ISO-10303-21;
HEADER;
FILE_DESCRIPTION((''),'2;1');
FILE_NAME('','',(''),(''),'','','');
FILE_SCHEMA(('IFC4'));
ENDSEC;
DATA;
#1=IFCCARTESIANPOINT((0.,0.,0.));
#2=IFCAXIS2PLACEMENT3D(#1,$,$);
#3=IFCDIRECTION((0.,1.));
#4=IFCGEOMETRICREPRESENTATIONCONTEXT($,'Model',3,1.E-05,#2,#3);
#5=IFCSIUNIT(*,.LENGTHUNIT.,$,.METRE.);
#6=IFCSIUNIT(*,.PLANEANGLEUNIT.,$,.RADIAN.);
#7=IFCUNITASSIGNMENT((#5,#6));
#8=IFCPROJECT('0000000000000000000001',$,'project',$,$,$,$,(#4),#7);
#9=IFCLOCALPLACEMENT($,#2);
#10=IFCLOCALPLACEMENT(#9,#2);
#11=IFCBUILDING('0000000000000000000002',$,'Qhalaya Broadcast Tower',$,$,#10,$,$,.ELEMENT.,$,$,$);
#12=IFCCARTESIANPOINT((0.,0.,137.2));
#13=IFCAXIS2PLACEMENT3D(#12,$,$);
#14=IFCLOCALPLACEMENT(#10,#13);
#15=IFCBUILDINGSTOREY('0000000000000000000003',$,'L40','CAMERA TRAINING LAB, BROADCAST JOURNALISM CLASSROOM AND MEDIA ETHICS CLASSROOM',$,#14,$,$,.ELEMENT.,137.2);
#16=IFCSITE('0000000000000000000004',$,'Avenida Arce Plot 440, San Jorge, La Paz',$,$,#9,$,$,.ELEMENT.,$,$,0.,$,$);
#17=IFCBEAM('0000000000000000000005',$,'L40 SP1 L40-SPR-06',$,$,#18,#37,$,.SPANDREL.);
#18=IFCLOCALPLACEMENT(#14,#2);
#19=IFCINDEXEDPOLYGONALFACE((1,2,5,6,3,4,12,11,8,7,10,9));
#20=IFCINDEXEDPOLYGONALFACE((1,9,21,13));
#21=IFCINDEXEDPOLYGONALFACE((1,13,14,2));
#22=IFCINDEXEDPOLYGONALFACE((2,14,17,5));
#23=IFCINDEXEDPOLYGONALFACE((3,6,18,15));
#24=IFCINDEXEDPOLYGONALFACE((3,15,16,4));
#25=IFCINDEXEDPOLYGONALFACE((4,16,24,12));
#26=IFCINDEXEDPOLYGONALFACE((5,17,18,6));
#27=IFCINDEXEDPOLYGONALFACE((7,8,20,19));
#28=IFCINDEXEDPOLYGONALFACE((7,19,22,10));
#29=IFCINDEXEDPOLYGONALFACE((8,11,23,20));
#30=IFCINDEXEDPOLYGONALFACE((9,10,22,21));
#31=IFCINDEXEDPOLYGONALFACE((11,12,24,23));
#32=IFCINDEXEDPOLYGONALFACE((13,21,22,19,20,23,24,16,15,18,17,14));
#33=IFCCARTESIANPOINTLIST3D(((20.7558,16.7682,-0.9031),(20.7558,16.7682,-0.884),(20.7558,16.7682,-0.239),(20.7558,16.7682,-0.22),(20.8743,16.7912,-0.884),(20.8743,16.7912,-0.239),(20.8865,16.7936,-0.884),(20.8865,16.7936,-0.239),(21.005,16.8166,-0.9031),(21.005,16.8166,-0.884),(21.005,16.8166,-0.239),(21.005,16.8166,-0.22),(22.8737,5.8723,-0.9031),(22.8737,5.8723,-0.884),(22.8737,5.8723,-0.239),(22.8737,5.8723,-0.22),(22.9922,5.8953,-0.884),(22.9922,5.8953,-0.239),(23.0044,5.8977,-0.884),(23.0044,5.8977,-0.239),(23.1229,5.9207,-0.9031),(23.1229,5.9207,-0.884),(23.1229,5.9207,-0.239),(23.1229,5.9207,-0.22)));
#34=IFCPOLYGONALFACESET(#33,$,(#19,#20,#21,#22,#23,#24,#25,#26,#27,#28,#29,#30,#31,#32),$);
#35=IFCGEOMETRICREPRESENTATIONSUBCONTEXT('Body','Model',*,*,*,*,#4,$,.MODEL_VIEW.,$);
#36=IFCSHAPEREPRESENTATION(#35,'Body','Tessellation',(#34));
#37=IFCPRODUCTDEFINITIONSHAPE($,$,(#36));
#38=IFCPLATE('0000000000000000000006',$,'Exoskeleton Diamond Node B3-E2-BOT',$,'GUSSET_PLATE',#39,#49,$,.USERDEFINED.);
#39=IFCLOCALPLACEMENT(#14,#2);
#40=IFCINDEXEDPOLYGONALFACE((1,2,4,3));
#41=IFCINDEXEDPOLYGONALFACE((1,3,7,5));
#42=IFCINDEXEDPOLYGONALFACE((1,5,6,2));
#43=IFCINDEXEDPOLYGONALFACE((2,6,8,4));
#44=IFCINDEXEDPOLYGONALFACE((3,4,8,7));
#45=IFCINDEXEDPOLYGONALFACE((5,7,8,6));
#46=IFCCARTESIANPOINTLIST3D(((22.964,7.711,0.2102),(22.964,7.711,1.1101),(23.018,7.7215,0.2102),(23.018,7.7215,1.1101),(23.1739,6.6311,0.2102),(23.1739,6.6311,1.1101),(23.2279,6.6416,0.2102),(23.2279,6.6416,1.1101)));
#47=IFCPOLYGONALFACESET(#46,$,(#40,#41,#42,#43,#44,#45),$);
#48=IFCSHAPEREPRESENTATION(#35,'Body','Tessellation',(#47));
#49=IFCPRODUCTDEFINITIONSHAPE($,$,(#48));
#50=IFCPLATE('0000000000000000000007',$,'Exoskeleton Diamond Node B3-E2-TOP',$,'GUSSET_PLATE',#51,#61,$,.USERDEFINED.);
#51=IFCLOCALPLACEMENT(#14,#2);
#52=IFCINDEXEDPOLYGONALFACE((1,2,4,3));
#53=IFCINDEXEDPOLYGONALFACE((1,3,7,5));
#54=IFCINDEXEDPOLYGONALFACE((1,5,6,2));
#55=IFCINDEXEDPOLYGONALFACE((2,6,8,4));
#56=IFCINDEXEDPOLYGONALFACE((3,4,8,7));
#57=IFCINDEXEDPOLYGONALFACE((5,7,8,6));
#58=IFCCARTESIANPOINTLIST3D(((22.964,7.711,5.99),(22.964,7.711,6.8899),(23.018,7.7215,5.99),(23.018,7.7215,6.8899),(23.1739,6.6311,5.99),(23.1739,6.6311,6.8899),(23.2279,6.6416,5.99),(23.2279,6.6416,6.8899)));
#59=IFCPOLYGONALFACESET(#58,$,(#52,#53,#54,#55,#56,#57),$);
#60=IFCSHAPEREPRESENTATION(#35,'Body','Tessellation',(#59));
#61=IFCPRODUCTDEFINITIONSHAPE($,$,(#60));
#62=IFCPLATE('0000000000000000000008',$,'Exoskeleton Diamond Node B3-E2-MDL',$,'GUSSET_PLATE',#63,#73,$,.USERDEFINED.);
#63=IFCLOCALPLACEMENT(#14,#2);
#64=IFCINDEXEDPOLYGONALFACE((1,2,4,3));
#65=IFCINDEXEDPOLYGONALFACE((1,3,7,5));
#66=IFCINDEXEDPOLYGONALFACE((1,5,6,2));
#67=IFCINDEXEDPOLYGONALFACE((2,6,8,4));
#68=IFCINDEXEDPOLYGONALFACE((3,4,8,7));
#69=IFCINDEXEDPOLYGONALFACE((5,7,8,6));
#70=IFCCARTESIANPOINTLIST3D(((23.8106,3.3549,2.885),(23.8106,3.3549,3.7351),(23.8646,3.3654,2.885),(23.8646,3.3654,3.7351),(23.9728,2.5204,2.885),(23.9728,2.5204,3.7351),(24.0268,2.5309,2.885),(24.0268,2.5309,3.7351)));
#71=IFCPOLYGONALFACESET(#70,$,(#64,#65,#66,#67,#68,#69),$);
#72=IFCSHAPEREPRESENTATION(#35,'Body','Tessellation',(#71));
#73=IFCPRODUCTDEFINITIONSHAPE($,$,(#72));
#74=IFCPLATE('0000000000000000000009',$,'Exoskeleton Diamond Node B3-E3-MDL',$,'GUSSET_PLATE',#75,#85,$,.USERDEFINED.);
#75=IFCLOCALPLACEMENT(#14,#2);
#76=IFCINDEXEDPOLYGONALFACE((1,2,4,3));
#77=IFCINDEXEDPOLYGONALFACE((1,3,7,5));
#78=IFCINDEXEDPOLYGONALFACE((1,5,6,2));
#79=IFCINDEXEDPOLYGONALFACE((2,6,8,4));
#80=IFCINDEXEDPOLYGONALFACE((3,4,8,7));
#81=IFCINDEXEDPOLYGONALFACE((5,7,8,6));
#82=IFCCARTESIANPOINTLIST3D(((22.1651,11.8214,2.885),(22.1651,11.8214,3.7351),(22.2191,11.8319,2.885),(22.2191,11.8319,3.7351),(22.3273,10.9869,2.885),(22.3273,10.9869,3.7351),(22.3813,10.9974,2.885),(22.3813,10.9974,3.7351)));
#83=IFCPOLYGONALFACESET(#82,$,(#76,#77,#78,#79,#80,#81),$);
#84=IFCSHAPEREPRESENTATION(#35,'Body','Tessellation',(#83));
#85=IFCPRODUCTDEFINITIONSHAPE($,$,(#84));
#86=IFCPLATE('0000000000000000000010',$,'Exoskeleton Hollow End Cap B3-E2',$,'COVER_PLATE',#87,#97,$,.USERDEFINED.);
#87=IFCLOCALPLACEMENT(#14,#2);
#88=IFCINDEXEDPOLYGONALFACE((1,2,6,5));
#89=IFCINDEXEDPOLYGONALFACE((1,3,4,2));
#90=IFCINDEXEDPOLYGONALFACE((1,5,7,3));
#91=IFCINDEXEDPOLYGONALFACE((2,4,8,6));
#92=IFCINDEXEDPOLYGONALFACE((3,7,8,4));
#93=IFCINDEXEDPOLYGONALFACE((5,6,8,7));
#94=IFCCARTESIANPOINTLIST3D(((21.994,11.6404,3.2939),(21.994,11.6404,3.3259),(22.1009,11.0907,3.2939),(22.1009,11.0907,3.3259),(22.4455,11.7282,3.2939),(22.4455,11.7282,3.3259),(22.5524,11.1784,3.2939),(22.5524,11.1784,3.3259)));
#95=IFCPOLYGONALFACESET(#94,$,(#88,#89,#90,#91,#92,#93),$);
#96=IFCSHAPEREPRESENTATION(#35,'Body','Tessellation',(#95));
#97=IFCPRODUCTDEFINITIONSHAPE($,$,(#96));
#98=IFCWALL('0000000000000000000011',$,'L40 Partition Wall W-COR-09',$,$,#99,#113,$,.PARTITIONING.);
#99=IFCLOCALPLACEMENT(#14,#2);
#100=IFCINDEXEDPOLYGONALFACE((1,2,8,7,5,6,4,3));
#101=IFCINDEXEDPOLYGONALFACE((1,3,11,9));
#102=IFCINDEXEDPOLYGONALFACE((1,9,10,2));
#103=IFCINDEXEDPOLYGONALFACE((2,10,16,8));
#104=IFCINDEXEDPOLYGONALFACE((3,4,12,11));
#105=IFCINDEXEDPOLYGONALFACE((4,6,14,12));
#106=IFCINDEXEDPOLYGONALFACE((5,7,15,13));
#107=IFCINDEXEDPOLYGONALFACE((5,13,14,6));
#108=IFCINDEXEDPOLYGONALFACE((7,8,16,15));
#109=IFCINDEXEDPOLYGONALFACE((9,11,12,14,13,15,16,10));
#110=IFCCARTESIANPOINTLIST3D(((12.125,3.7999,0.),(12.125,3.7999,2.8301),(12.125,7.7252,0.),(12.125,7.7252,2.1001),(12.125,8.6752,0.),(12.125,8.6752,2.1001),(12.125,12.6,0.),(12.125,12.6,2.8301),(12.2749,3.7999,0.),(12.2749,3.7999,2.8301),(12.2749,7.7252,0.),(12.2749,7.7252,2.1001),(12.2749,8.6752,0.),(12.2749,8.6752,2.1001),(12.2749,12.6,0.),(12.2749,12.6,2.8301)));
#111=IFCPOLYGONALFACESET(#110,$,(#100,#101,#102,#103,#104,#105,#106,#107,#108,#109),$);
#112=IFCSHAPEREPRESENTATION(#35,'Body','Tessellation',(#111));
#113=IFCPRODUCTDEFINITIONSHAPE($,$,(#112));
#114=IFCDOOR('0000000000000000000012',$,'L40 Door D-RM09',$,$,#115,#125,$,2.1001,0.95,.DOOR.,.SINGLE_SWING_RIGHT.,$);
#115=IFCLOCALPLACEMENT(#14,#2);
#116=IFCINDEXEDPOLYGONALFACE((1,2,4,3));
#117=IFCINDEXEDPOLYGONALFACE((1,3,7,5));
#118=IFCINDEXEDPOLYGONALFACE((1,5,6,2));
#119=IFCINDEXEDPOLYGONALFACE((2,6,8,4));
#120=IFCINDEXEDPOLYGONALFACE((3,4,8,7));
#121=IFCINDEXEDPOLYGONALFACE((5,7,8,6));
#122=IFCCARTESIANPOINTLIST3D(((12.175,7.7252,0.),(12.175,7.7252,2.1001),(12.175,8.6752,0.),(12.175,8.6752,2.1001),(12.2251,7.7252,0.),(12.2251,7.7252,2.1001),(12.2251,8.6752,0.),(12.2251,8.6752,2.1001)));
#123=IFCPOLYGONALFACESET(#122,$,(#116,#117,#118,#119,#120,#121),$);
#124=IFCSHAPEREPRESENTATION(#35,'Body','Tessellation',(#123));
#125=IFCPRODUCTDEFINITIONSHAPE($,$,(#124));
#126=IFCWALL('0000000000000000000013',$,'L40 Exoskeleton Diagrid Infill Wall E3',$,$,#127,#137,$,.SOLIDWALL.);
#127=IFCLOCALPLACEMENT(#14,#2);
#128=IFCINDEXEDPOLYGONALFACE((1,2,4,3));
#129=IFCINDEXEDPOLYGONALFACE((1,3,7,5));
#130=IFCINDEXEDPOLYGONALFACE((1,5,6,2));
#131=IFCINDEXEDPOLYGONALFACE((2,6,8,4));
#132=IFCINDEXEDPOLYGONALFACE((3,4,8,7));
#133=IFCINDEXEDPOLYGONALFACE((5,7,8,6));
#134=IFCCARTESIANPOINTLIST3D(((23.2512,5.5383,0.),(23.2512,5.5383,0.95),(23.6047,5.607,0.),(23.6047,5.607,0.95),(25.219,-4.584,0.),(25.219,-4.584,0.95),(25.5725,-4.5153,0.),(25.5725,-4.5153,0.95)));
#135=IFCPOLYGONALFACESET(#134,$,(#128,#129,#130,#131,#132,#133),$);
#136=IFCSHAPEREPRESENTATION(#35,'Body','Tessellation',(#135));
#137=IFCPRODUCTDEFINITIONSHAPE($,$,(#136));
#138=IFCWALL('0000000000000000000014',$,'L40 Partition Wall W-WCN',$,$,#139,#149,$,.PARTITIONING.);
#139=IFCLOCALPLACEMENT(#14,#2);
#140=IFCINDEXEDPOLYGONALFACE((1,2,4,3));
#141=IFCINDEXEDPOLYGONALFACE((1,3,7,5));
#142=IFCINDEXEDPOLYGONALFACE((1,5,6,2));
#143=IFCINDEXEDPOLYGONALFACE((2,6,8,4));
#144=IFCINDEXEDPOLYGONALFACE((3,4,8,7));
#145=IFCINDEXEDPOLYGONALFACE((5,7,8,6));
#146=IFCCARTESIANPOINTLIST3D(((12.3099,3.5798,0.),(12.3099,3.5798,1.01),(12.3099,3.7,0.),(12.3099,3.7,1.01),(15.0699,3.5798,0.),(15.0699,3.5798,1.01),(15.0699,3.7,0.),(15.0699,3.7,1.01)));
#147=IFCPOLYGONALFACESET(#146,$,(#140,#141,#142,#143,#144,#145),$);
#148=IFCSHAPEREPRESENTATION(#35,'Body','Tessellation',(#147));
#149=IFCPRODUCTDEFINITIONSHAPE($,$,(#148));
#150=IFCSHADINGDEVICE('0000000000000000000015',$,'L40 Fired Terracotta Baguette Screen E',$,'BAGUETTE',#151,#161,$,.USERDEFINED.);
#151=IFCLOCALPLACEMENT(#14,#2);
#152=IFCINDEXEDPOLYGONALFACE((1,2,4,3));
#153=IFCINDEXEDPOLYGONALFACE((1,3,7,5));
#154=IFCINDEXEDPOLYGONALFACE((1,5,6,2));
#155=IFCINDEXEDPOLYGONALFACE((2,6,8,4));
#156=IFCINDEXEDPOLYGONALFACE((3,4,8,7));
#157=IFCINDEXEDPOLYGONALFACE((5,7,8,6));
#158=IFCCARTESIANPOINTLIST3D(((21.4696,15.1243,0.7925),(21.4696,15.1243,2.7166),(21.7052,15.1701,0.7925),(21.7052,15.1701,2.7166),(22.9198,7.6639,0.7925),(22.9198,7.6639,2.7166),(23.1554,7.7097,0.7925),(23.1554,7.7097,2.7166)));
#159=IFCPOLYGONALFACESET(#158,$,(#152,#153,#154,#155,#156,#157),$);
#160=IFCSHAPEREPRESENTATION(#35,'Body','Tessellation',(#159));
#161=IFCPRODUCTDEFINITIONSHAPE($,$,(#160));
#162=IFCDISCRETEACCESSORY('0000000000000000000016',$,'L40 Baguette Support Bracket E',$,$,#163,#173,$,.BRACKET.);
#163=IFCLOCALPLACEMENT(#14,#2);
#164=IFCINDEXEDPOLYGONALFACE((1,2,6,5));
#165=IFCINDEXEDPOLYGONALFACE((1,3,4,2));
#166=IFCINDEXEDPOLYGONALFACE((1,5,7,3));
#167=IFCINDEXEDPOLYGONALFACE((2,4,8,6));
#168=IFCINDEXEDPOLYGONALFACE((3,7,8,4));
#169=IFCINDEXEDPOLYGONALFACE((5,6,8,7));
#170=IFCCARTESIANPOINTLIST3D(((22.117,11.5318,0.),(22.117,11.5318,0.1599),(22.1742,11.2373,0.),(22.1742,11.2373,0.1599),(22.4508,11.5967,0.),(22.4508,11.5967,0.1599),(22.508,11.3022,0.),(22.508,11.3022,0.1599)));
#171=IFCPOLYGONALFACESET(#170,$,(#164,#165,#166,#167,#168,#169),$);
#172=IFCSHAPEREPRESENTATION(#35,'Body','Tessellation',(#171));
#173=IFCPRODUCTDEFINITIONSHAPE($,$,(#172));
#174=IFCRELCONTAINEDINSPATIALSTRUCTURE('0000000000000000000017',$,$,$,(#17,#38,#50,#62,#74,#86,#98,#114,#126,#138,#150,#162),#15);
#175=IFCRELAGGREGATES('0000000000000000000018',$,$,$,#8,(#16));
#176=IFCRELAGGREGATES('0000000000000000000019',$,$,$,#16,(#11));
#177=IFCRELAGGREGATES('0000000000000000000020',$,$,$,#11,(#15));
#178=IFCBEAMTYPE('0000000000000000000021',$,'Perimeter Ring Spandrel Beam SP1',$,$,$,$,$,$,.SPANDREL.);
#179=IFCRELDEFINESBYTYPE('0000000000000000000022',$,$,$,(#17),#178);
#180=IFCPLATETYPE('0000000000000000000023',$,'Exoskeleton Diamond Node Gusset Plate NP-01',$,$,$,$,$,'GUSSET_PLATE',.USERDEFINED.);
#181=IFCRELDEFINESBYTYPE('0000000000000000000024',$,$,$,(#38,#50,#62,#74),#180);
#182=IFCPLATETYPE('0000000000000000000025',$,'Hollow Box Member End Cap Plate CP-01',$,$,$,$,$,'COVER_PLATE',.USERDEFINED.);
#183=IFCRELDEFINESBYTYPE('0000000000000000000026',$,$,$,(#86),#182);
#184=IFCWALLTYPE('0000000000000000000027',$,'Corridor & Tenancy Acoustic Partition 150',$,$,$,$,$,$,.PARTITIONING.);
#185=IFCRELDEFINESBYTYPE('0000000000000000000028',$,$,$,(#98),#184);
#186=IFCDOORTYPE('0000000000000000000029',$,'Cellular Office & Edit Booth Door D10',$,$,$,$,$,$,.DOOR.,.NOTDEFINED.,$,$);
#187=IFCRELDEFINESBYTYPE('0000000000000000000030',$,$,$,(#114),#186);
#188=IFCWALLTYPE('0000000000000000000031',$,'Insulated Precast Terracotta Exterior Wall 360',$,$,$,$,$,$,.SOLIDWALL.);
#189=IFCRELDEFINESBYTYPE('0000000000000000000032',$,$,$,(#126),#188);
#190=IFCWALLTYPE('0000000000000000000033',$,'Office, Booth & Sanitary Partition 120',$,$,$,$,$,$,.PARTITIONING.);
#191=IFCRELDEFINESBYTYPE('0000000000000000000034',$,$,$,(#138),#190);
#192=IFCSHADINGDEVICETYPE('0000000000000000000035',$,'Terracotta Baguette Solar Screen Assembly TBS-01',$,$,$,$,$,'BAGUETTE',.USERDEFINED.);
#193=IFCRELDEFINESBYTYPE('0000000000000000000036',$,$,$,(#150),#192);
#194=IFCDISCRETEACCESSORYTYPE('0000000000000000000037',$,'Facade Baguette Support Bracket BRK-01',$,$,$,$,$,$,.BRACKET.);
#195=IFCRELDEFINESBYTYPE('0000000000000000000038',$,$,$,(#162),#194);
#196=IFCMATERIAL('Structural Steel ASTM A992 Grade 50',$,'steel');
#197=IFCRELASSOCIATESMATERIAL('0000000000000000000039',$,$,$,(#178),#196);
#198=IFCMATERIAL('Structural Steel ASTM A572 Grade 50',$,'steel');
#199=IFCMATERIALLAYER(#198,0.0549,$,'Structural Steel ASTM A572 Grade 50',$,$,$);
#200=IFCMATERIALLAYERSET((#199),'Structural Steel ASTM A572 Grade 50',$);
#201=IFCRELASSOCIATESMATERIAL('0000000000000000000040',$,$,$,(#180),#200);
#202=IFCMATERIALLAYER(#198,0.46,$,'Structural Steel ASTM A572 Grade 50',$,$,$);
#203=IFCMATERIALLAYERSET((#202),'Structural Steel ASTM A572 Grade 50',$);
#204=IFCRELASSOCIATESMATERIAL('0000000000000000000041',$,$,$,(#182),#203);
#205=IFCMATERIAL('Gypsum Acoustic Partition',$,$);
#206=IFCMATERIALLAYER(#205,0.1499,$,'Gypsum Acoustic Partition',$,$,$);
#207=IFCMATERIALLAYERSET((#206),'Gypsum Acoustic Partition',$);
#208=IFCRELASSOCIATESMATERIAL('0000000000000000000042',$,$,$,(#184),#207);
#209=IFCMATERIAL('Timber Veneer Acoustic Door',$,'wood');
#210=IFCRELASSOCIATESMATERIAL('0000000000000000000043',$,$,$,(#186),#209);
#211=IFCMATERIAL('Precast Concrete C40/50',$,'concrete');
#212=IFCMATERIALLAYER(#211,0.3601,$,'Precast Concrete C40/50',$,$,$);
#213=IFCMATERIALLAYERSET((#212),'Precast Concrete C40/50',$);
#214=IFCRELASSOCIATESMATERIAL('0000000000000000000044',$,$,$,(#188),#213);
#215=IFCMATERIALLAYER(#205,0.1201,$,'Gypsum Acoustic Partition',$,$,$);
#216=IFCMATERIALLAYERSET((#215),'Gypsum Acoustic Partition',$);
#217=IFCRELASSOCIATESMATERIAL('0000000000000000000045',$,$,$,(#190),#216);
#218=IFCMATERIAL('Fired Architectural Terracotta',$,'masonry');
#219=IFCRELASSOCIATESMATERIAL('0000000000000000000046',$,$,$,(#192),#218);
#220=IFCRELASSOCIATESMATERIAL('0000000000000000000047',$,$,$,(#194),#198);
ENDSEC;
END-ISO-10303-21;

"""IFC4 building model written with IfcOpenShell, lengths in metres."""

from ifc_helpers import new_model, si_unit, direction, frame, frame_2d, origin, origin_2d, place, context, subcontext, project, spatial, rectangle, i_section, extrude, material, layer, layer_set, material_profile, profile_set, type_object, element, fill, save


model = new_model("IFC4")

# Units and contexts
model_context = context("Model", 3, precision=1e-05, world=origin(), true_north=direction((0.0, 1.0)))
body_context = subcontext(model_context, "Body", "Model", "MODEL_VIEW")
ifc_project = project(units=[si_unit("LENGTHUNIT", "METRE"), si_unit("PLANEANGLEUNIT", "RADIAN")], contexts=[model_context])

# Site, building, storey
site_placement = place(None, origin())
site = spatial("IfcSite", under=ifc_project, at=site_placement, Name="Avenida Arce Plot 440, San Jorge, La Paz", CompositionType="ELEMENT", RefElevation=0.0)
building_placement = place(site_placement, origin())
building = spatial("IfcBuilding", under=site, at=building_placement, Name="Qhalaya Broadcast Tower", CompositionType="ELEMENT")
storey_placement = place(building_placement, frame((0.0, 0.0, 137.2)))
storey = spatial("IfcBuildingStorey", under=building, at=storey_placement, Name="L40", Description="CAMERA TRAINING LAB, BROADCAST JOURNALISM CLASSROOM AND MEDIA ETHICS CLASSROOM", CompositionType="ELEMENT", Elevation=137.2)

# Shared definitions
ifc_material_1 = material(Name="Structural Steel ASTM A572 Grade 50", Category="steel")

# Shared definitions
ifc_material_2 = material(Name="Structural Steel ASTM A992 Grade 50", Category="steel")

# Beam
ifc_material_profile_1 = material_profile(ifc_material_2, i_section(OverallWidth=0.2539, OverallDepth=0.6831, WebThickness=0.0125, FlangeThickness=0.019, at=origin_2d()), Name="W27X94")
ifc_profile_set_1 = profile_set([ifc_material_profile_1], Name="Structural Steel ASTM A992 Grade 50")
beam_type_1 = type_object("IfcBeamType", Name="Perimeter Ring Spandrel Beam SP1", PredefinedType="SPANDREL", material=ifc_profile_set_1)
beam_1_placement = place(storey_placement, frame((22.9983, 5.8965, -0.5615), z_axis=(-0.190805, 0.981628, 0.0), x_axis=(-0.981628, -0.190805, 0.0)))
element("IfcBeam", 1, at=beam_1_placement, inside=storey, type_object=beam_type_1, Name="L40 SP1 L40-SPR-06", PredefinedType="SPANDREL", context=body_context, shape_type="SweptSolid", body=[
    extrude(i_section(OverallWidth=0.2539, OverallDepth=0.6831, WebThickness=0.0125, FlangeThickness=0.019, at=origin_2d()), origin(), (0.0, 0.0, 1.0), 11.0999),
])

# Plates
ifc_layer_1 = layer(ifc_material_1, 0.0549, Name="Structural Steel ASTM A572 Grade 50")
ifc_layer_set_1 = layer_set([ifc_layer_1], Name="Structural Steel ASTM A572 Grade 50")
plate_type_1 = type_object("IfcPlateType", Name="Exoskeleton Diamond Node Gusset Plate NP-01", ElementType="GUSSET_PLATE", PredefinedType="USERDEFINED", material=ifc_layer_set_1)
for number, where, z_axis, x_axis, name in (
    (2, (23.0959, 7.1763, 0.2102), (0.0, 0.0, 1.0), (-0.190809, 0.981627, 0.0), "Exoskeleton Diamond Node B3-E2-BOT"),
    (3, (23.0959, 7.1763, 5.99), (0.0, 0.0, 1.0), (-0.190809, 0.981627, 0.0), "Exoskeleton Diamond Node B3-E2-TOP"),
):
    element("IfcPlate", number, at=place(storey_placement, frame(where, z_axis=z_axis, x_axis=x_axis)), inside=storey, type_object=plate_type_1, Name=name, ObjectType="GUSSET_PLATE", PredefinedType="USERDEFINED", context=body_context, shape_type="SweptSolid", body=[
        extrude(rectangle(XDim=1.1001, YDim=0.0549, at=origin_2d()), origin(), (0.0, 0.0, 1.0), 0.8999),
    ])
for number, where, z_axis, x_axis, name in (
    (4, (23.9187, 2.9429, 2.885), (0.0, 0.0, 1.0), (-0.190809, 0.981627, 0.0), "Exoskeleton Diamond Node B3-E2-MDL"),
    (5, (22.2732, 11.4094, 2.885), (0.0, 0.0, 1.0), (-0.190809, 0.981627, 0.0), "Exoskeleton Diamond Node B3-E3-MDL"),
):
    element("IfcPlate", number, at=place(storey_placement, frame(where, z_axis=z_axis, x_axis=x_axis)), inside=storey, type_object=plate_type_1, Name=name, ObjectType="GUSSET_PLATE", PredefinedType="USERDEFINED", context=body_context, shape_type="SweptSolid", body=[
        extrude(rectangle(XDim=0.8501, YDim=0.0549, at=origin_2d()), origin(), (0.0, 0.0, 1.0), 0.8501),
    ])
ifc_layer_2 = layer(ifc_material_1, 0.46, Name="Structural Steel ASTM A572 Grade 50")
ifc_layer_set_2 = layer_set([ifc_layer_2], Name="Structural Steel ASTM A572 Grade 50")
plate_type_2 = type_object("IfcPlateType", Name="Hollow Box Member End Cap Plate CP-01", ElementType="COVER_PLATE", PredefinedType="USERDEFINED", material=ifc_layer_set_2)
plate_placement = place(storey_placement, frame((22.2732, 11.4094, 3.2939), z_axis=(0.0, 0.0, 1.0), x_axis=(-0.190809, 0.981627, 0.0)))
element("IfcPlate", 6, at=plate_placement, inside=storey, type_object=plate_type_2, Name="Exoskeleton Hollow End Cap B3-E2", ObjectType="COVER_PLATE", PredefinedType="USERDEFINED", context=body_context, shape_type="SweptSolid", body=[
    extrude(rectangle(XDim=0.5601, YDim=0.46, at=origin_2d()), origin(), (0.0, 0.0, 1.0), 0.032),
])

# Wall, opening, door
ifc_material_3 = material(Name="Gypsum Acoustic Partition")
ifc_layer_3 = layer(ifc_material_3, 0.1499, Name="Gypsum Acoustic Partition")
ifc_layer_set_3 = layer_set([ifc_layer_3], Name="Gypsum Acoustic Partition")
wall_type_1 = type_object("IfcWallType", Name="Corridor & Tenancy Acoustic Partition 150", PredefinedType="PARTITIONING", material=ifc_layer_set_3)
wall_1_placement = place(storey_placement, frame((12.2, 3.8, 0.0), z_axis=(0.0, 0.0, 1.0), x_axis=(0.0, 1.0, 0.0)))
wall_1 = element("IfcWall", 7, at=wall_1_placement, inside=storey, type_object=wall_type_1, Name="L40 Partition Wall W-COR-09", PredefinedType="PARTITIONING", context=body_context, shape_type="SweptSolid", body=[
    extrude(rectangle(XDim=8.8, YDim=0.1499, at=frame_2d((4.3999, 0.0))), origin(), (0.0, 0.0, 1.0), 2.8301),
])
opening_placement = place(wall_1_placement, frame((3.925, 0.0, 0.0)))
opening = element("IfcOpeningElement", 8, at=opening_placement, cuts=wall_1, PredefinedType="OPENING", context=body_context, shape_type="SweptSolid", body=[
    extrude(rectangle(XDim=0.95, YDim=2.1001, at=frame_2d((0.4751, 1.05))), frame((0.0, 0.0869, 0.0), z_axis=(0.0, -1.0, 0.0), x_axis=(1.0, 0.0, 0.0)), (0.0, 0.0, 1.0), 0.1738),
])
ifc_material_4 = material(Name="Timber Veneer Acoustic Door", Category="wood")
door_type = type_object("IfcDoorType", Name="Cellular Office & Edit Booth Door D10", OperationType="NOTDEFINED", PredefinedType="DOOR", material=ifc_material_4)
door_placement = place(opening_placement, origin())
door = element("IfcDoor", 9, at=door_placement, inside=storey, type_object=door_type, Name="L40 Door D-RM09", OperationType="SINGLE_SWING_RIGHT", OverallHeight=2.1001, OverallWidth=0.95, PredefinedType="DOOR", context=body_context, shape_type="SweptSolid", body=[
    extrude(rectangle(XDim=0.95, YDim=2.1001, at=frame_2d((0.4751, 1.05))), frame((0.0, 0.0249, 0.0), z_axis=(0.0, -1.0, 0.0), x_axis=(1.0, 0.0, 0.0)), (0.0, 0.0, 1.0), 0.05),
])
fill(opening, door)

# Walls
ifc_material_5 = material(Name="Precast Concrete C40/50", Category="concrete")
ifc_layer_4 = layer(ifc_material_5, 0.3601, Name="Precast Concrete C40/50")
ifc_layer_set_4 = layer_set([ifc_layer_4], Name="Precast Concrete C40/50")
wall_type_2 = type_object("IfcWallType", Name="Insulated Precast Terracotta Exterior Wall 360", PredefinedType="SOLIDWALL", material=ifc_layer_set_4)
wall_2_placement = place(storey_placement, frame((23.428, 5.5725, 0.0), z_axis=(0.0, 0.0, 1.0), x_axis=(0.190827, -0.981624, 0.0)))
element("IfcWall", 10, at=wall_2_placement, inside=storey, type_object=wall_type_2, Name="L40 Exoskeleton Diagrid Infill Wall E3", PredefinedType="SOLIDWALL", context=body_context, shape_type="SweptSolid", body=[
    extrude(rectangle(XDim=10.3118, YDim=0.3601, at=frame_2d((5.1558, 0.0))), origin(), (0.0, 0.0, 1.0), 0.95),
])
ifc_layer_5 = layer(ifc_material_3, 0.1201, Name="Gypsum Acoustic Partition")
ifc_layer_set_5 = layer_set([ifc_layer_5], Name="Gypsum Acoustic Partition")
wall_type_3 = type_object("IfcWallType", Name="Office, Booth & Sanitary Partition 120", PredefinedType="PARTITIONING", material=ifc_layer_set_5)
wall_3_placement = place(storey_placement, frame((12.3101, 3.6399, 0.0), z_axis=(0.0, 0.0, 1.0), x_axis=(1.0, 0.0, 0.0)))
element("IfcWall", 11, at=wall_3_placement, inside=storey, type_object=wall_type_3, Name="L40 Partition Wall W-WCN", PredefinedType="PARTITIONING", context=body_context, shape_type="SweptSolid", body=[
    extrude(rectangle(XDim=2.76, YDim=0.1201, at=frame_2d((1.3799, 0.0))), origin(), (0.0, 0.0, 1.0), 1.01),
])

# Shading device
ifc_material_6 = material(Name="Fired Architectural Terracotta", Category="masonry")
shading_device_type = type_object("IfcShadingDeviceType", Name="Terracotta Baguette Solar Screen Assembly TBS-01", ElementType="BAGUETTE", PredefinedType="USERDEFINED", material=ifc_material_6)
shading_device_placement = place(storey_placement, frame((22.3125, 11.417, 0.7925), z_axis=(0.0, 0.0, 1.0), x_axis=(-0.190809, 0.981627, 0.0)))
element("IfcShadingDevice", 12, at=shading_device_placement, inside=storey, type_object=shading_device_type, Name="L40 Fired Terracotta Baguette Screen E", ObjectType="BAGUETTE", PredefinedType="USERDEFINED", context=body_context, shape_type="SweptSolid", body=[
    extrude(rectangle(XDim=7.6001, YDim=0.24, at=origin_2d()), origin(), (0.0, 0.0, 1.0), 1.9241),
])

# Discrete accessory
discrete_accessory_type = type_object("IfcDiscreteAccessoryType", Name="Facade Baguette Support Bracket BRK-01", PredefinedType="BRACKET", material=ifc_material_1)
discrete_accessory_placement = place(storey_placement, frame((22.3125, 11.417, 0.0), z_axis=(0.0, 0.0, 1.0), x_axis=(-0.190809, 0.981627, 0.0)))
element("IfcDiscreteAccessory", 13, at=discrete_accessory_placement, inside=storey, type_object=discrete_accessory_type, Name="L40 Baguette Support Bracket E", PredefinedType="BRACKET", context=body_context, shape_type="SweptSolid", body=[
    extrude(rectangle(XDim=0.3, YDim=0.3401, at=origin_2d()), origin(), (0.0, 0.0, 1.0), 0.1599),
])

save(model, "model.ifc")
